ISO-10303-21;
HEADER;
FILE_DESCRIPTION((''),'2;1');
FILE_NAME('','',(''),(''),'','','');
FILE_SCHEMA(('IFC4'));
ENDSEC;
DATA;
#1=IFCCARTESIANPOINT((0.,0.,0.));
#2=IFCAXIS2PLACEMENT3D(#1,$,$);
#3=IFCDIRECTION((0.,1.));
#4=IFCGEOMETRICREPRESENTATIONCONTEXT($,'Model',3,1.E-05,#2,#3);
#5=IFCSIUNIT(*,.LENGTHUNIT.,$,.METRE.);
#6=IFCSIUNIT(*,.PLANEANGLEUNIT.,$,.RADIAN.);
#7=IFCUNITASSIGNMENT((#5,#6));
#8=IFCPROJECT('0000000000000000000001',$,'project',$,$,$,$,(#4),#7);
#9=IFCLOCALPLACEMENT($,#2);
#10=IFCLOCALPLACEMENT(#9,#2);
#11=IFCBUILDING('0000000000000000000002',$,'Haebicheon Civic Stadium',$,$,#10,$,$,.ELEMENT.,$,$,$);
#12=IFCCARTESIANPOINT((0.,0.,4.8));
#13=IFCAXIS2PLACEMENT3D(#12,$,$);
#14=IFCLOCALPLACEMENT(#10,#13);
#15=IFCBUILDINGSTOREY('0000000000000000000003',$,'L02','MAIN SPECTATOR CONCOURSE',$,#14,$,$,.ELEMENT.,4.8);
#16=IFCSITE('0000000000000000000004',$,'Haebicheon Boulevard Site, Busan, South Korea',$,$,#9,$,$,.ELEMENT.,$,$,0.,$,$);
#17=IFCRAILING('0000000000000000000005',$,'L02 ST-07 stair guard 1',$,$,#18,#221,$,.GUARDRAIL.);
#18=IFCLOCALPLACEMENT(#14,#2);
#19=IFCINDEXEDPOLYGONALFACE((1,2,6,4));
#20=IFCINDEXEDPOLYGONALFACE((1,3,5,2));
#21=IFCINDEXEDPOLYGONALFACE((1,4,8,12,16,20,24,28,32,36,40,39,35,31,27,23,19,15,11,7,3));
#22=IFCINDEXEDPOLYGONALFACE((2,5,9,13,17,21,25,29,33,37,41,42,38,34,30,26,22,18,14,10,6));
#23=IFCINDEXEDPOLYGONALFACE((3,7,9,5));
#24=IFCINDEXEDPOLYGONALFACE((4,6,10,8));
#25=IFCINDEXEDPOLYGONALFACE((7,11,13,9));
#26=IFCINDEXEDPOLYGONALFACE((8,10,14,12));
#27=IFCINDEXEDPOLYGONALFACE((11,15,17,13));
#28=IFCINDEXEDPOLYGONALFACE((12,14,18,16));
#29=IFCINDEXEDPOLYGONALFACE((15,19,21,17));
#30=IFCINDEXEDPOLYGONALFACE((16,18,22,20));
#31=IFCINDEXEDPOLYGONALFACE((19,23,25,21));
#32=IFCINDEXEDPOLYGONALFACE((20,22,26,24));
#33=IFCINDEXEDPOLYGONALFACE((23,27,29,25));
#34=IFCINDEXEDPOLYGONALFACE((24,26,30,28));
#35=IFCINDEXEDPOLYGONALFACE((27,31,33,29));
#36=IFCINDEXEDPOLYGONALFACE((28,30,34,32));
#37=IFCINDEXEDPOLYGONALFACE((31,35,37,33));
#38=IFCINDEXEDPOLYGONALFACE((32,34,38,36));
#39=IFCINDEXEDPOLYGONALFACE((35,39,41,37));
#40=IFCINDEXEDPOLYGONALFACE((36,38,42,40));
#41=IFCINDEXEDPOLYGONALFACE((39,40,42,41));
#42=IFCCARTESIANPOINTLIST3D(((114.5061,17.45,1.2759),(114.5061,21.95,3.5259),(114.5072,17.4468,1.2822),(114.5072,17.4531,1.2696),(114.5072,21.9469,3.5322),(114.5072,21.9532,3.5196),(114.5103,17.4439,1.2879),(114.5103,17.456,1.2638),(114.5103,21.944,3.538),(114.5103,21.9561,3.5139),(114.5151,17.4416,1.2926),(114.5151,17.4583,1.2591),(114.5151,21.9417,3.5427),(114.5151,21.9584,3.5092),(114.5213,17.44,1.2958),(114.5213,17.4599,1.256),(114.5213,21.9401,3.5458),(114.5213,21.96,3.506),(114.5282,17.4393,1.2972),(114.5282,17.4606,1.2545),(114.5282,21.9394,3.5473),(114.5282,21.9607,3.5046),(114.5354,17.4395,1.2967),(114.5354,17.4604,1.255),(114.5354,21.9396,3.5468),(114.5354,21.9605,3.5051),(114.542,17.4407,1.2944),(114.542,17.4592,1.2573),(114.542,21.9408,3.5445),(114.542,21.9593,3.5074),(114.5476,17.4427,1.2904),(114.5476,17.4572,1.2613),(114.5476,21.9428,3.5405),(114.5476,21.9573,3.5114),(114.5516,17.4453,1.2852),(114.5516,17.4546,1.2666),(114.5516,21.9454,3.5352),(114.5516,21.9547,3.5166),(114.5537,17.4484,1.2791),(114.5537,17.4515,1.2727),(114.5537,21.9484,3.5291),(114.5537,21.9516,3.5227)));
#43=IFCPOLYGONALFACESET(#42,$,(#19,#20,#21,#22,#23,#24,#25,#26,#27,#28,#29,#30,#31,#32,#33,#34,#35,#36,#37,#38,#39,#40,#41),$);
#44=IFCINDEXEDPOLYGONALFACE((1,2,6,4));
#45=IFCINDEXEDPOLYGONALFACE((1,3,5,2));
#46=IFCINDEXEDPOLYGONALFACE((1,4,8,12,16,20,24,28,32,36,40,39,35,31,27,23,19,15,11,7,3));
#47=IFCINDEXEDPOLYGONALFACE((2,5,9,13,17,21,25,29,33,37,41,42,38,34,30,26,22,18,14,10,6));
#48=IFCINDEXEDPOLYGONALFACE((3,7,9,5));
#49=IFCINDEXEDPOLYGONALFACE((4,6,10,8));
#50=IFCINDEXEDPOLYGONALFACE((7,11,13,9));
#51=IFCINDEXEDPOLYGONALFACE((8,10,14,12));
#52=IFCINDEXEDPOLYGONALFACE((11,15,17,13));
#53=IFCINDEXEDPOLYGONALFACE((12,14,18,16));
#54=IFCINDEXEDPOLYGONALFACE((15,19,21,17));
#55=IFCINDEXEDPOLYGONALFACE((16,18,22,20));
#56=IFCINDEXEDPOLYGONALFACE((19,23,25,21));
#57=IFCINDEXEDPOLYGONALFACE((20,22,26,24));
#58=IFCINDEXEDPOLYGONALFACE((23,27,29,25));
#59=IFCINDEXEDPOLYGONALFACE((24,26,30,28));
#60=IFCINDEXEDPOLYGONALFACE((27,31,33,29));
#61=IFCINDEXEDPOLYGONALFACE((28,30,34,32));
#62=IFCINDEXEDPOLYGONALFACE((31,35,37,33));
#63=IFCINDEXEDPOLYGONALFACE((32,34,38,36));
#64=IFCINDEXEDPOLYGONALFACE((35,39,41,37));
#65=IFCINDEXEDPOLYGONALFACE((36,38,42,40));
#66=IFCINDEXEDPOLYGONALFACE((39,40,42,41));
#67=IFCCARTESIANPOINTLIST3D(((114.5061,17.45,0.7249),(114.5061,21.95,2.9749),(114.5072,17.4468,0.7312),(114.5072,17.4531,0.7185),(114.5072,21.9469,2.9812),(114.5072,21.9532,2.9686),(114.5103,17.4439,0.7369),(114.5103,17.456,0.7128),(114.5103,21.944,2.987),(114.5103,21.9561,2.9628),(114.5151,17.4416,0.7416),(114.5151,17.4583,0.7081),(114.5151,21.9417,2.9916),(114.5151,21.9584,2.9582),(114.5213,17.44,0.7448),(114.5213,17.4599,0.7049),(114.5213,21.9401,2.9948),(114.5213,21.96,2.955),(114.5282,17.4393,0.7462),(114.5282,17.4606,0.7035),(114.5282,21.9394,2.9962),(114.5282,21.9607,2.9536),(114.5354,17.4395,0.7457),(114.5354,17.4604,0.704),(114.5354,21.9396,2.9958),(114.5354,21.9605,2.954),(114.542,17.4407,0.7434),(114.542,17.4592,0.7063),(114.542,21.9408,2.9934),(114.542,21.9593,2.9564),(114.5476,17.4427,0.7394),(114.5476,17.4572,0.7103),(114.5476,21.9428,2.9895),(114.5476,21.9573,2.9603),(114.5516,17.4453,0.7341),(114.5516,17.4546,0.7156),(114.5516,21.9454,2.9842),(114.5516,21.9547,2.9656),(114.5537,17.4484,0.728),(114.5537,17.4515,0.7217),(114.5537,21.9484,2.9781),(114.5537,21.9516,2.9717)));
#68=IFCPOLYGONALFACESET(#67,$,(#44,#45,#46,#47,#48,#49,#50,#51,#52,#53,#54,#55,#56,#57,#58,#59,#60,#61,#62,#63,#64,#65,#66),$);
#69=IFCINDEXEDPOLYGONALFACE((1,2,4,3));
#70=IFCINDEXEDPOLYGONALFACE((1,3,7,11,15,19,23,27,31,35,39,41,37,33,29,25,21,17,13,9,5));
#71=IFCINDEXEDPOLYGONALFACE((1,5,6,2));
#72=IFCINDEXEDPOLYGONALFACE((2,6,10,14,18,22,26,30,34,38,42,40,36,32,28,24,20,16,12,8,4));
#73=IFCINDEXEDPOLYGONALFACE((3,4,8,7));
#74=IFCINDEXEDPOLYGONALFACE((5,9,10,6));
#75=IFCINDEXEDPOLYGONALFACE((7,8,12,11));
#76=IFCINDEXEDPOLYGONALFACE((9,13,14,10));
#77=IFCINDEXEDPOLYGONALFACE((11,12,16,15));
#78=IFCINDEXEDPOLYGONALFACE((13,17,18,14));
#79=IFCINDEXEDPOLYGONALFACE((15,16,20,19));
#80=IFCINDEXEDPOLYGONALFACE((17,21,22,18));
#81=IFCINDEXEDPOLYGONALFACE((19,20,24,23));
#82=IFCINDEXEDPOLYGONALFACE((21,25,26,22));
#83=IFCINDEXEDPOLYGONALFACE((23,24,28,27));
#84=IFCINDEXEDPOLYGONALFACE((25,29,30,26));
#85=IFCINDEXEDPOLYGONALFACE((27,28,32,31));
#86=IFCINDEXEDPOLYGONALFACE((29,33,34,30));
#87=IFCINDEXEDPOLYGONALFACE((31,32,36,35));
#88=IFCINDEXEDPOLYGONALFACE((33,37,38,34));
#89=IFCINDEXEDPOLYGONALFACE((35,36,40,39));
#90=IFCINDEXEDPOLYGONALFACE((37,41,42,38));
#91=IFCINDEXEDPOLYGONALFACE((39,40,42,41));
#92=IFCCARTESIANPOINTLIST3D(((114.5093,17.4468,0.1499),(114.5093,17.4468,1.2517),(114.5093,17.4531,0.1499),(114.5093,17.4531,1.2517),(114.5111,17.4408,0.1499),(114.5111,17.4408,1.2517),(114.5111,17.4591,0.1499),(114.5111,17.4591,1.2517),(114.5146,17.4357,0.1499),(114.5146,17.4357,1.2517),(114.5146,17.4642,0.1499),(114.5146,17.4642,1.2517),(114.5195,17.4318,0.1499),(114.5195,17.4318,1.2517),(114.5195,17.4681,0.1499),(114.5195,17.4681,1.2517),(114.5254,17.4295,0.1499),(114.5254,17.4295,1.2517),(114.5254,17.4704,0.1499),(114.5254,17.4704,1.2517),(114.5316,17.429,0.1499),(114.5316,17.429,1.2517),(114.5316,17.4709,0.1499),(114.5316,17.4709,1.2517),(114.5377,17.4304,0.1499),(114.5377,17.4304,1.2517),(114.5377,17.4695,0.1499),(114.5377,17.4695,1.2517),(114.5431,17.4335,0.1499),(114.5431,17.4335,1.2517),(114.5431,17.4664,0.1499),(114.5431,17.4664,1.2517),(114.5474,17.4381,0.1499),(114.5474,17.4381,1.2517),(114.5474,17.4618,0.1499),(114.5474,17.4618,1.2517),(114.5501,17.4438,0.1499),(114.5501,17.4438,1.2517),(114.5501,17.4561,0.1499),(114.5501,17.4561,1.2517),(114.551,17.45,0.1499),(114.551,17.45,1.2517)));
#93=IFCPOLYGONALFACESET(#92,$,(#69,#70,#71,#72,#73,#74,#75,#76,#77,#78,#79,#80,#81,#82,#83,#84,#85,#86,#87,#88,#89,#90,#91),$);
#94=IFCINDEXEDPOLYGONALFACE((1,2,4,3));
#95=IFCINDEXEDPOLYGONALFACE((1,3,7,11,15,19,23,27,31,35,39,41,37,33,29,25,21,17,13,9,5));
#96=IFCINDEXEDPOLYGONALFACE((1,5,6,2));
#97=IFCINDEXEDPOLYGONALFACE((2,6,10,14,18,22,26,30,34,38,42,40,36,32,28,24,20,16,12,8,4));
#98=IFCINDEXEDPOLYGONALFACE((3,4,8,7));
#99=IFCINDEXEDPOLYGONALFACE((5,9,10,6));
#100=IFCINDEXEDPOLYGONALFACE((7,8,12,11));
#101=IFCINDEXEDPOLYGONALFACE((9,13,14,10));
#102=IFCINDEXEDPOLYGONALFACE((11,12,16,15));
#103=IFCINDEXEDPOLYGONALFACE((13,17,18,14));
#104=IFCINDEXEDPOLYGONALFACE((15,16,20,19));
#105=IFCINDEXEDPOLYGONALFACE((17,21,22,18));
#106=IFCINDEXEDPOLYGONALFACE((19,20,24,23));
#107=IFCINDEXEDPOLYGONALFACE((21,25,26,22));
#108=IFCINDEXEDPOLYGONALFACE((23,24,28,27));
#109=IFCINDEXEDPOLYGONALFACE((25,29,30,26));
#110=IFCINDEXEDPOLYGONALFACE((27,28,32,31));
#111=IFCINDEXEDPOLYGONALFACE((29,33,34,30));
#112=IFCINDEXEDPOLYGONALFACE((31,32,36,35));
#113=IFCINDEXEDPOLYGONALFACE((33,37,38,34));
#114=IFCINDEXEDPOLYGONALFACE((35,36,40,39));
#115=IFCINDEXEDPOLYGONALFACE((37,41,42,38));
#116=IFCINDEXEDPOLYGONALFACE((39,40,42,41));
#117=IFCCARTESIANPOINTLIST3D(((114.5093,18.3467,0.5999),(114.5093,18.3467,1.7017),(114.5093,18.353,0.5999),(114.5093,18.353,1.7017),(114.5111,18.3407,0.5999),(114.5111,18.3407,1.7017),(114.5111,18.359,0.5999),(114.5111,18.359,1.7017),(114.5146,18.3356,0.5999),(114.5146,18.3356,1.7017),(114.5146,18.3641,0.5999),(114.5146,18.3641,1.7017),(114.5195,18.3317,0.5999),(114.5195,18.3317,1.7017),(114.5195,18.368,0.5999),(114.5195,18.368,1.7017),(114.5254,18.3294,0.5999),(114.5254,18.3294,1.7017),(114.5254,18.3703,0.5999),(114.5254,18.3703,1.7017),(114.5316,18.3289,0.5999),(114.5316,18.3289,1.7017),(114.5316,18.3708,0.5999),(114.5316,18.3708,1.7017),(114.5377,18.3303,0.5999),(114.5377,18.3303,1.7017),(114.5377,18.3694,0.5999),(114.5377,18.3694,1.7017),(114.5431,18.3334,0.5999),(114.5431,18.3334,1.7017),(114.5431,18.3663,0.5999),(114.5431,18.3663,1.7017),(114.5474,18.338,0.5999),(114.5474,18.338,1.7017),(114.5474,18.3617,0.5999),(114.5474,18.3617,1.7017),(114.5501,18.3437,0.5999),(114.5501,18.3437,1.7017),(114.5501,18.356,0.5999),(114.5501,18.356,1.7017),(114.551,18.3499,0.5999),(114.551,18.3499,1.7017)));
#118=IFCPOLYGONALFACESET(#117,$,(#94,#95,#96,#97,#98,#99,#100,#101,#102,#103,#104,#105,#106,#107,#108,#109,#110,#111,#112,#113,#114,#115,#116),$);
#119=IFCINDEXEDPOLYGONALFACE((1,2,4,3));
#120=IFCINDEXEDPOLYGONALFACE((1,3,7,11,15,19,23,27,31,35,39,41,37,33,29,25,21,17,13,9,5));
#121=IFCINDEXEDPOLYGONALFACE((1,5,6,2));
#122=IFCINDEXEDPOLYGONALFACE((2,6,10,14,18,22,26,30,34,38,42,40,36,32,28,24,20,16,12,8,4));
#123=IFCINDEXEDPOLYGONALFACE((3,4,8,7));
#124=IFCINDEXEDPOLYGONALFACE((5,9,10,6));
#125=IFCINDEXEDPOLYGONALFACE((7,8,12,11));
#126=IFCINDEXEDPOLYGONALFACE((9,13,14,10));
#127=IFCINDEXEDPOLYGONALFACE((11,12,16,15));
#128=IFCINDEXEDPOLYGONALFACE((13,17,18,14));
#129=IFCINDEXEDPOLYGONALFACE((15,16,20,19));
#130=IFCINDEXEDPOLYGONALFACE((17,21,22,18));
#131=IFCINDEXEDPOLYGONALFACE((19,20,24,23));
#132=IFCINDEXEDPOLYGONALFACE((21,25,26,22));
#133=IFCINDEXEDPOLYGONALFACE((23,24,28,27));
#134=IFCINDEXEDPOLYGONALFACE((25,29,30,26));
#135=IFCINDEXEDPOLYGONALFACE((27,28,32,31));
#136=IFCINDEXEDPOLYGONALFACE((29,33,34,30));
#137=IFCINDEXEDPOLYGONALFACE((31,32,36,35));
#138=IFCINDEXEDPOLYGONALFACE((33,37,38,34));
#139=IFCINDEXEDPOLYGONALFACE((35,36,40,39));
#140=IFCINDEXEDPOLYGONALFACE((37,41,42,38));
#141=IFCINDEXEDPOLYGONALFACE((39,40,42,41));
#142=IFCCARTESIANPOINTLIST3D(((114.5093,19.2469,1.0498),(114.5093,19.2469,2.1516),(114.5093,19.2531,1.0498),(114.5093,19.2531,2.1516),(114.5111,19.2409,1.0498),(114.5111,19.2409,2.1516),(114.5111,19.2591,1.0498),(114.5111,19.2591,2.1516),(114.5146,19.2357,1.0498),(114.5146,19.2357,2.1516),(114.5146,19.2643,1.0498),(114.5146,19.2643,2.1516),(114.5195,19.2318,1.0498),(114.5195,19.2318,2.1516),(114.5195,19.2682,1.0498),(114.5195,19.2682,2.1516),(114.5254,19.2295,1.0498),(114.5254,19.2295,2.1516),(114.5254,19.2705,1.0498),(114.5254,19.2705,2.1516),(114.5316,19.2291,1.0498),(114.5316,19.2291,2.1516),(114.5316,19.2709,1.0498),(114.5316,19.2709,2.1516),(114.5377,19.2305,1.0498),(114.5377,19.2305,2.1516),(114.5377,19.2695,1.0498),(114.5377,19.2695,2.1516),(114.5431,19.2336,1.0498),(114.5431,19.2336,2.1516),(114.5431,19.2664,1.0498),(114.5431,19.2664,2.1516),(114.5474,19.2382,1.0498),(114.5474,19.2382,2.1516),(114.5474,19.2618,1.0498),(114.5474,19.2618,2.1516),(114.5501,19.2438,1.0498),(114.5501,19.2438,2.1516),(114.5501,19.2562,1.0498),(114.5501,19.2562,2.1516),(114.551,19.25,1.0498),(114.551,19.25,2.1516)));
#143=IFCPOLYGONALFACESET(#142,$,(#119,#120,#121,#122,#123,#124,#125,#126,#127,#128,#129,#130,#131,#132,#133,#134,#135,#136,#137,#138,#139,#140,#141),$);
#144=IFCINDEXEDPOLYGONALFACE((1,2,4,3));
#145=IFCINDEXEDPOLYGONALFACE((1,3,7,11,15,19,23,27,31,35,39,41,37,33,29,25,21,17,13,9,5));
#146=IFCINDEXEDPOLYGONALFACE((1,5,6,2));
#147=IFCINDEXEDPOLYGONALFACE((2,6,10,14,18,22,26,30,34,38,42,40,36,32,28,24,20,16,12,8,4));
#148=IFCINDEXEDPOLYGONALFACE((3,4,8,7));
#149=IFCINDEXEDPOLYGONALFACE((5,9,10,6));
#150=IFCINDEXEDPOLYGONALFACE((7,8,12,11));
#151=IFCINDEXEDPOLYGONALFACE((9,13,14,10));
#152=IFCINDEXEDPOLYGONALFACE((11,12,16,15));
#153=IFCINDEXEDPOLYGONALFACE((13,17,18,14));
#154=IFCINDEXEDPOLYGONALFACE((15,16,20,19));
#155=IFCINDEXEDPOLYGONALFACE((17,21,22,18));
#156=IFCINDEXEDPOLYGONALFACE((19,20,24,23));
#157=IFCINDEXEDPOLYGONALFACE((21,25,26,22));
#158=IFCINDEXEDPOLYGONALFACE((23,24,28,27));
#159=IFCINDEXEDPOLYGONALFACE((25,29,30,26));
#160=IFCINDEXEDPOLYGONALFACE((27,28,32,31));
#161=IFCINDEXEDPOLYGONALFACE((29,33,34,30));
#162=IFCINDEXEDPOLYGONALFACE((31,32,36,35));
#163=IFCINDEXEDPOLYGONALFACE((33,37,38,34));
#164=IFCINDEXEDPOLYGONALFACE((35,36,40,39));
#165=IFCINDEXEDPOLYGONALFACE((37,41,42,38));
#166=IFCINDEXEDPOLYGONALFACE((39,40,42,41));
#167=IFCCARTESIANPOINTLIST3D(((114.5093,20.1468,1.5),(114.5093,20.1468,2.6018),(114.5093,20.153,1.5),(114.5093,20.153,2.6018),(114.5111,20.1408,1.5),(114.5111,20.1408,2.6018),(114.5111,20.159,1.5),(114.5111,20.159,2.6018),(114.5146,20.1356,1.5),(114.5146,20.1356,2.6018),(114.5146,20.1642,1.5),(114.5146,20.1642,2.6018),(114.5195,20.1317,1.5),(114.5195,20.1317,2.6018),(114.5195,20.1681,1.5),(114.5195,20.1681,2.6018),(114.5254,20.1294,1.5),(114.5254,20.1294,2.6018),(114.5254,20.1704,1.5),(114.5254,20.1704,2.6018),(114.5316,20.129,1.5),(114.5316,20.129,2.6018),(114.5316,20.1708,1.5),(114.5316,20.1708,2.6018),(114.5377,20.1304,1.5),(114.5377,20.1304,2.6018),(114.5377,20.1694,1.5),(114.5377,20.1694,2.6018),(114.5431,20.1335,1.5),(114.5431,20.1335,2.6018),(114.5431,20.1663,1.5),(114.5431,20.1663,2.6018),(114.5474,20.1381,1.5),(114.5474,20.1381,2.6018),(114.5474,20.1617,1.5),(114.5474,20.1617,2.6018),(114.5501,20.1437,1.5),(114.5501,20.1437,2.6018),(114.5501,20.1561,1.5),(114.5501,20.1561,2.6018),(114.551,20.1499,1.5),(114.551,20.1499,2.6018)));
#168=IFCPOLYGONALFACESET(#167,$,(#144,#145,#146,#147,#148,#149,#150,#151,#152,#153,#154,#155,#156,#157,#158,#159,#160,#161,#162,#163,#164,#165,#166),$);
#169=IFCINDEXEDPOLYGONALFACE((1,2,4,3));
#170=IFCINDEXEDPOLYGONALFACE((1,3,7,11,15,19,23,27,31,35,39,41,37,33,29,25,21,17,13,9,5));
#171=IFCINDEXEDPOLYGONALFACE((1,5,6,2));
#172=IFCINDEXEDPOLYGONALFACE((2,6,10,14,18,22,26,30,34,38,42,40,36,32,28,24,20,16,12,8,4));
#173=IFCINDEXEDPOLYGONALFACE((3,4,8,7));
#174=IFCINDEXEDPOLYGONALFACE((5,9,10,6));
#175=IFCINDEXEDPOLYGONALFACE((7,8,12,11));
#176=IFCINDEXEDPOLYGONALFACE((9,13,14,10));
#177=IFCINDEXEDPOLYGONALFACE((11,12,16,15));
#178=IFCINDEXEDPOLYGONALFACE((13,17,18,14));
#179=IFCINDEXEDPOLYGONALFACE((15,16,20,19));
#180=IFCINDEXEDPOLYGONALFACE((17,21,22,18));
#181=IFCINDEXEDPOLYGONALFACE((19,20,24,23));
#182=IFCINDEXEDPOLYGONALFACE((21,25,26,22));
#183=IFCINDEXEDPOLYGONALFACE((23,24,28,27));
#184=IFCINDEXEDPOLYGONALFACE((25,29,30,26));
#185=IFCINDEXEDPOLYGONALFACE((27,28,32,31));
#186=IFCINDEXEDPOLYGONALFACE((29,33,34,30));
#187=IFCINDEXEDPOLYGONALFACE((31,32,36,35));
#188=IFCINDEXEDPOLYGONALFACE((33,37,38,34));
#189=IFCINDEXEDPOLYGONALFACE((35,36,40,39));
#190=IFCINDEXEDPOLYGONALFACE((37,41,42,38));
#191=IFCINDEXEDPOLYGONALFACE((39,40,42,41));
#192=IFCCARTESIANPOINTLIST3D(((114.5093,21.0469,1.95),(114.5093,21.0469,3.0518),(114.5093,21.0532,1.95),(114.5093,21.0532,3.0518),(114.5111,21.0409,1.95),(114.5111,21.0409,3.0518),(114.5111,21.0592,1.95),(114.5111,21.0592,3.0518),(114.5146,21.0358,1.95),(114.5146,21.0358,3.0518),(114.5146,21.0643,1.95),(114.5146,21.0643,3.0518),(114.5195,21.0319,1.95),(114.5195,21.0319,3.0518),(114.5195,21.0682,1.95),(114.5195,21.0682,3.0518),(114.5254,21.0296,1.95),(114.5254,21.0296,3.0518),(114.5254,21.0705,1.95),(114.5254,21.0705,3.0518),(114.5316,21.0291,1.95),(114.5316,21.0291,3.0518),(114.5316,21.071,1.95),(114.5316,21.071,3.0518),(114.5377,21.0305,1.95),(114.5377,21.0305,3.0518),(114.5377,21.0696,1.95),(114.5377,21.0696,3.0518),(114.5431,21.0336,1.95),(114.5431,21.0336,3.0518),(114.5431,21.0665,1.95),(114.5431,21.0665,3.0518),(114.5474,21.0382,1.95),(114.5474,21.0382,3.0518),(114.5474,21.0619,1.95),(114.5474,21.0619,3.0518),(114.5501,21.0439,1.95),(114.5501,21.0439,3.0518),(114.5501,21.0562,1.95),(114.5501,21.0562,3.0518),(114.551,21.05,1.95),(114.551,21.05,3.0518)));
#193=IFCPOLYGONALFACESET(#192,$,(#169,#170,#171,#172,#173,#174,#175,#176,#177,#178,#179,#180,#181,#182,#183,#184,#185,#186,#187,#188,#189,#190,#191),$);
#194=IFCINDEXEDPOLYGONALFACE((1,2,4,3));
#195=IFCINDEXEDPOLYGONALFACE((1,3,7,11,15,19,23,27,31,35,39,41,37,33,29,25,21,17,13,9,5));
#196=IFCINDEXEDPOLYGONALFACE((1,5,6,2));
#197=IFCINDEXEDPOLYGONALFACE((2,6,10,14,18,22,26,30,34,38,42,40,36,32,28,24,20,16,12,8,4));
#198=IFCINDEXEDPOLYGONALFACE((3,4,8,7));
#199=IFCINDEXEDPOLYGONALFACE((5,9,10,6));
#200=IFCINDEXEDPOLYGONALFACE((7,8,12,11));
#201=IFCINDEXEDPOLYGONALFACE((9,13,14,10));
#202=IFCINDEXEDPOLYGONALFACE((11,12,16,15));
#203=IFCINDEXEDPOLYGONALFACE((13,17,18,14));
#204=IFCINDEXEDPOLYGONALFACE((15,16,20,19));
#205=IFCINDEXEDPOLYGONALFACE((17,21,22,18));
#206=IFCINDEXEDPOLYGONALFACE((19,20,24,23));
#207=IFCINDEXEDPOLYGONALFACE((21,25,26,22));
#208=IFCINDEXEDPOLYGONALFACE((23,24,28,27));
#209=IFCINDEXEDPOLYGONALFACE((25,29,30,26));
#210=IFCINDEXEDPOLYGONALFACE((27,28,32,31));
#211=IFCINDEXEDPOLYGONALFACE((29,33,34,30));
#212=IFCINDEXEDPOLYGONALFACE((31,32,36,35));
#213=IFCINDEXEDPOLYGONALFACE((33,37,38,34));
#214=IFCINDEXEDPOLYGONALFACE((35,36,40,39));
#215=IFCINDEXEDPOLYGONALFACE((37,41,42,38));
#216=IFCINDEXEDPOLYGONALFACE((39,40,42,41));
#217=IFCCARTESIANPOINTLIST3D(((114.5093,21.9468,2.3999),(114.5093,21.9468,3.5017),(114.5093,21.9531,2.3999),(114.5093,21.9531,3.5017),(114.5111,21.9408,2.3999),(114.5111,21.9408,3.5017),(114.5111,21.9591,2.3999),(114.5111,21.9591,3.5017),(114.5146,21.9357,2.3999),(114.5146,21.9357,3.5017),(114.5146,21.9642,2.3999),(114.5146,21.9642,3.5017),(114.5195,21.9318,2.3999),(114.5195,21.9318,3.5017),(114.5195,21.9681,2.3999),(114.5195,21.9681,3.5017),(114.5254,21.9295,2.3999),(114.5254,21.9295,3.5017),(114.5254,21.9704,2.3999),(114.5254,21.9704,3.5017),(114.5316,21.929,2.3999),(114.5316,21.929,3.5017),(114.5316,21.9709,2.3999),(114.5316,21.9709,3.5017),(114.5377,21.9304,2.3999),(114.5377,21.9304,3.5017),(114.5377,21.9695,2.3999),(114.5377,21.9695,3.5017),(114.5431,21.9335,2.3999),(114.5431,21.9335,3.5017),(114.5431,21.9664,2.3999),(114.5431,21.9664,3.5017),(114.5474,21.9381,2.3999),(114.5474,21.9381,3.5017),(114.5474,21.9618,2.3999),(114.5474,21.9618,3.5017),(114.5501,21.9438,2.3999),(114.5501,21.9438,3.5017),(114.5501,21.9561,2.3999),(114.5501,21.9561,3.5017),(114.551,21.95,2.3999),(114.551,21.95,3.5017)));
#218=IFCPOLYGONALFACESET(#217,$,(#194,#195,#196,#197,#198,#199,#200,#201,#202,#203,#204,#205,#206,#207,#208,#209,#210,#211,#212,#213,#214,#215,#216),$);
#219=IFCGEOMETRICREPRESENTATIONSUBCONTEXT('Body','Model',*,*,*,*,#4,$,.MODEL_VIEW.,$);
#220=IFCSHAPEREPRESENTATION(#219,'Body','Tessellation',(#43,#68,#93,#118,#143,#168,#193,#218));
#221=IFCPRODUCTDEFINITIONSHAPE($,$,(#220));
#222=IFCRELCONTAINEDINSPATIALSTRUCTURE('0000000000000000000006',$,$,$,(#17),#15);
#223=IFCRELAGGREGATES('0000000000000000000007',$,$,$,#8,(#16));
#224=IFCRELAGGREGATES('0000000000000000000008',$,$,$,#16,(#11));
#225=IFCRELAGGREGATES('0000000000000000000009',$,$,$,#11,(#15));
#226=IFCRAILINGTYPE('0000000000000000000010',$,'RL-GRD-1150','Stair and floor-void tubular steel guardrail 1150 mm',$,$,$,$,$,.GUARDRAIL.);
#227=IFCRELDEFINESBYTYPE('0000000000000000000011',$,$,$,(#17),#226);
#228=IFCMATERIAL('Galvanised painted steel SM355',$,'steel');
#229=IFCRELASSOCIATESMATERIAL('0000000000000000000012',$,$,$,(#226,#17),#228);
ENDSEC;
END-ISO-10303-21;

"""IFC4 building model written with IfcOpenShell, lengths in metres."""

from ifc_helpers import new_model, si_unit, direction, frame, origin, origin_2d, place, context, subcontext, project, spatial, circle, extrude, material, type_object, element, save


model = new_model("IFC4")

# Units and contexts
model_context = context("Model", 3, precision=1e-05, world=origin(), true_north=direction((0.0, 1.0)))
body_context = subcontext(model_context, "Body", "Model", "MODEL_VIEW")
ifc_project = project(units=[si_unit("LENGTHUNIT", "METRE"), si_unit("PLANEANGLEUNIT", "RADIAN")], contexts=[model_context])

# Site, building, storey
site_placement = place(None, origin())
site = spatial("IfcSite", under=ifc_project, at=site_placement, Name="Haebicheon Boulevard Site, Busan, South Korea", CompositionType="ELEMENT", RefElevation=0.0)
building_placement = place(site_placement, origin())
building = spatial("IfcBuilding", under=site, at=building_placement, Name="Haebicheon Civic Stadium", CompositionType="ELEMENT")
storey_placement = place(building_placement, frame((0.0, 0.0, 4.8)))
storey = spatial("IfcBuildingStorey", under=building, at=storey_placement, Name="L02", Description="MAIN SPECTATOR CONCOURSE", CompositionType="ELEMENT", Elevation=4.8)

# Railing
ifc_material_1 = material(Name="Galvanised painted steel SM355", Category="steel")
railing_type_1 = type_object("IfcRailingType", Name="RL-GRD-1150", Description="Stair and floor-void tubular steel guardrail 1150 mm", PredefinedType="GUARDRAIL", material=ifc_material_1)
railing_1_placement = place(storey_placement, frame((114.53, 17.45, 0.1499)))
element("IfcRailing", 1, at=railing_1_placement, inside=storey, type_object=railing_type_1, material=ifc_material_1, Name="L02 ST-07 stair guard 1", PredefinedType="GUARDRAIL", context=body_context, shape_type="SweptSolid", body=[
    extrude(circle(Radius=0.0239, at=origin_2d()), frame((0.0, 0.0, 1.126), z_axis=(0.0, 0.894427, 0.447214), x_axis=(-1.0, 0.0, 0.0)), (0.0, 0.0, 1.0), 5.0312),
    extrude(circle(Radius=0.0239, at=origin_2d()), frame((0.0, 0.0, 0.575), z_axis=(0.0, 0.894427, 0.447214), x_axis=(-1.0, 0.0, 0.0)), (0.0, 0.0, 1.0), 5.0312),
    extrude(circle(Radius=0.021, at=origin_2d()), origin(), (0.0, 0.0, 1.0), 1.1018),
    extrude(circle(Radius=0.021, at=origin_2d()), frame((0.0, 0.8999, 0.45)), (0.0, 0.0, 1.0), 1.1018),
    extrude(circle(Radius=0.021, at=origin_2d()), frame((0.0, 1.8, 0.8999)), (0.0, 0.0, 1.0), 1.1018),
    extrude(circle(Radius=0.021, at=origin_2d()), frame((0.0, 2.7, 1.3501)), (0.0, 0.0, 1.0), 1.1018),
    extrude(circle(Radius=0.021, at=origin_2d()), frame((0.0, 3.6001, 1.8)), (0.0, 0.0, 1.0), 1.1018),
    extrude(circle(Radius=0.021, at=origin_2d()), frame((0.0, 4.5, 2.25)), (0.0, 0.0, 1.0), 1.1018),
])

save(model, "model.ifc")
